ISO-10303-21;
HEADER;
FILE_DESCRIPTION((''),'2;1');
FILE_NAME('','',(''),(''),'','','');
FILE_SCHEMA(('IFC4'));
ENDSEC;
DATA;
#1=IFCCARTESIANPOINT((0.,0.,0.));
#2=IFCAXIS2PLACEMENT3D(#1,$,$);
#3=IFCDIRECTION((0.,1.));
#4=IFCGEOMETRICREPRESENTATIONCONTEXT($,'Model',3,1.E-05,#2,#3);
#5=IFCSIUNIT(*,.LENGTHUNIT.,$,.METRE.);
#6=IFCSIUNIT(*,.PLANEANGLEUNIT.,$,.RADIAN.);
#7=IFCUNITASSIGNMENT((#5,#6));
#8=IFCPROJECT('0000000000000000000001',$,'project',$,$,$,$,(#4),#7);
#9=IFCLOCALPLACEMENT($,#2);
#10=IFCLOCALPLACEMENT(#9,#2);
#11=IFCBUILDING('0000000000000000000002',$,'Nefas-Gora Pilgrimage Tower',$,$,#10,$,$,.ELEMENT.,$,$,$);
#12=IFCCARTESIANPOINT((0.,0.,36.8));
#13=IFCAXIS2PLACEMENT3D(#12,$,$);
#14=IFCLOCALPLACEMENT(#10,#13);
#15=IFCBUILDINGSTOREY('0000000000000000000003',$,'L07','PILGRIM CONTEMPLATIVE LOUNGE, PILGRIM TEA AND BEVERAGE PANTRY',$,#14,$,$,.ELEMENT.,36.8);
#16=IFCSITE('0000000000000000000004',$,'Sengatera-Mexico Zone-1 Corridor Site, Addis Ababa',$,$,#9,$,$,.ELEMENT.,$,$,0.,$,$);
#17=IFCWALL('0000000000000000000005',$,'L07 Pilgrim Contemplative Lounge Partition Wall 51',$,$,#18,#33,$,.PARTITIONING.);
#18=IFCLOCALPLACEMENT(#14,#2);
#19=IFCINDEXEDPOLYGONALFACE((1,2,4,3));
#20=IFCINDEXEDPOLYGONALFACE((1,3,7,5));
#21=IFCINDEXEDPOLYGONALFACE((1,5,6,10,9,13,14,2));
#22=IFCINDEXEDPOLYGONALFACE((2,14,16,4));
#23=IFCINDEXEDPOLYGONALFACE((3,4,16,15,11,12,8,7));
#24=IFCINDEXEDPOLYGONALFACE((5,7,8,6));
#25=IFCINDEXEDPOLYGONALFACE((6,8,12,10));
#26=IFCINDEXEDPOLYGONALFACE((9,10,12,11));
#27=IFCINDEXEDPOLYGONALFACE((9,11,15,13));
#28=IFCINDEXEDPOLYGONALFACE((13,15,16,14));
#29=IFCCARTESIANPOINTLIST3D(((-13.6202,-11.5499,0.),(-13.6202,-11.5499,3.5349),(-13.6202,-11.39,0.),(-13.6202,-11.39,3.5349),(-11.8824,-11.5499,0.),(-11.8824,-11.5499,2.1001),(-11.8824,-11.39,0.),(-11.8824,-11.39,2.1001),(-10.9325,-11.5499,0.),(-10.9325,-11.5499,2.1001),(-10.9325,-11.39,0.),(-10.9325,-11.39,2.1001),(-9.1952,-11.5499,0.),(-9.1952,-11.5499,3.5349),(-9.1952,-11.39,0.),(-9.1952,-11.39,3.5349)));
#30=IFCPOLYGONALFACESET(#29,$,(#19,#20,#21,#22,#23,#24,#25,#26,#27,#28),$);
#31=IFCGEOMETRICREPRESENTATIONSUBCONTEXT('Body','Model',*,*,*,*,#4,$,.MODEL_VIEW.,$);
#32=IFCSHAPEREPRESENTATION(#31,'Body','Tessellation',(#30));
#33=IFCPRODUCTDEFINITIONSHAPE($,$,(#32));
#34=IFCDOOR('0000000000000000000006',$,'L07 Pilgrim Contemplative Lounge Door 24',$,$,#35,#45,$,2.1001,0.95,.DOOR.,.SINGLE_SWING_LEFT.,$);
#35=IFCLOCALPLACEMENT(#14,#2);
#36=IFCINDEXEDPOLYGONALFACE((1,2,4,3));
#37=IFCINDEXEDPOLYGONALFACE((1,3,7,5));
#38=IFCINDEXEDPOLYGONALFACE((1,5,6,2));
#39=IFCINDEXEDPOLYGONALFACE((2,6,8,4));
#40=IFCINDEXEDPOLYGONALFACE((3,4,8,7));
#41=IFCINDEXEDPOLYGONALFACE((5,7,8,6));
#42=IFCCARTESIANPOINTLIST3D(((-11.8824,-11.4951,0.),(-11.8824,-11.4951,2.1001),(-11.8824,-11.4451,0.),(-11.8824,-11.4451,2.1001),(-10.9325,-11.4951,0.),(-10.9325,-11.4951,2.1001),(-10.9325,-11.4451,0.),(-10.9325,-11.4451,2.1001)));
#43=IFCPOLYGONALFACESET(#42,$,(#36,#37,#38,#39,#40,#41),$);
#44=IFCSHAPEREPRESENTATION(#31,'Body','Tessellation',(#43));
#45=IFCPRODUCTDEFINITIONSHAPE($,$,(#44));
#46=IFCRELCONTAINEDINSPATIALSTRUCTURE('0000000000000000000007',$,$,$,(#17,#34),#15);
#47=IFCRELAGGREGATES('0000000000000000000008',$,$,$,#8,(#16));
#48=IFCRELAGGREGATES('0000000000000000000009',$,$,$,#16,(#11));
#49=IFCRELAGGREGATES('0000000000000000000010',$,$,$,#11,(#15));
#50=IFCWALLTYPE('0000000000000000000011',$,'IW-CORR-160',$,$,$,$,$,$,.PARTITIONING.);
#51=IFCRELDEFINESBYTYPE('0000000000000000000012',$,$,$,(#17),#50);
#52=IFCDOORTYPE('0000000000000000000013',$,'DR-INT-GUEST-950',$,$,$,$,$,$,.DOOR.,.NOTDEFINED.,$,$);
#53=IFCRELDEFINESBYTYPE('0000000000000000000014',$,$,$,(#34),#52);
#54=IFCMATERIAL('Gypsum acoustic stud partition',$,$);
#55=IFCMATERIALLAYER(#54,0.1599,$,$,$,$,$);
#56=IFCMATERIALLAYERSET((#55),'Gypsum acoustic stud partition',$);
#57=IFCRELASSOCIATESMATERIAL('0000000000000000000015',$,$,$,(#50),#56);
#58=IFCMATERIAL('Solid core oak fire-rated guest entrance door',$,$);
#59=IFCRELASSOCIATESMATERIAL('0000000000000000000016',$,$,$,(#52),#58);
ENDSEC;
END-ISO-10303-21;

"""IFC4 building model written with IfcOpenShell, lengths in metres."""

from ifc_helpers import new_model, si_unit, direction, frame, frame_2d, origin, place, context, subcontext, project, spatial, rectangle, extrude, source, transform, mapped, material, layer, layer_set, type_object, element, fill, save


model = new_model("IFC4")

# Units and contexts
model_context = context("Model", 3, precision=1e-05, world=origin(), true_north=direction((0.0, 1.0)))
body_context = subcontext(model_context, "Body", "Model", "MODEL_VIEW")
ifc_project = project(units=[si_unit("LENGTHUNIT", "METRE"), si_unit("PLANEANGLEUNIT", "RADIAN")], contexts=[model_context])

# Site, building, storey
site_placement = place(None, origin())
site = spatial("IfcSite", under=ifc_project, at=site_placement, Name="Sengatera-Mexico Zone-1 Corridor Site, Addis Ababa", CompositionType="ELEMENT", RefElevation=0.0)
building_placement = place(site_placement, origin())
building = spatial("IfcBuilding", under=site, at=building_placement, Name="Nefas-Gora Pilgrimage Tower", CompositionType="ELEMENT")
storey_placement = place(building_placement, frame((0.0, 0.0, 36.8)))
storey = spatial("IfcBuildingStorey", under=building, at=storey_placement, Name="L07", Description="PILGRIM CONTEMPLATIVE LOUNGE, PILGRIM TEA AND BEVERAGE PANTRY", CompositionType="ELEMENT", Elevation=36.8)

# Shared definitions
ifc_material_1 = material(Name="Gypsum acoustic stud partition")
ifc_layer_1 = layer(ifc_material_1, 0.1599)
ifc_layer_set_1 = layer_set([ifc_layer_1], Name="Gypsum acoustic stud partition")
wall_type_1 = type_object("IfcWallType", Name="IW-CORR-160", PredefinedType="PARTITIONING", material=ifc_layer_set_1)
ifc_material_2 = material(Name="Solid core oak fire-rated guest entrance door")
door_type_1 = type_object("IfcDoorType", Name="DR-INT-GUEST-950", OperationType="NOTDEFINED", PredefinedType="DOOR", material=ifc_material_2)
shared_shape_1 = source(origin(), body_context, "Body", "SweptSolid", [
    extrude(rectangle(XDim=0.95, YDim=2.1001, at=frame_2d((0.4751, 1.05))), frame((0.0, 0.0249, 0.0), z_axis=(0.0, -1.0, 0.0), x_axis=(1.0, 0.0, 0.0)), (0.0, 0.0, 1.0), 0.05),
])

# Wall, opening, door
shared_shape_2 = source(origin(), body_context, "Body", "SweptSolid", [
    extrude(rectangle(XDim=4.425, YDim=0.1599, at=frame_2d((2.2124, 0.0))), origin(), (0.0, 0.0, 1.0), 3.5349),
])
wall_1_placement = place(storey_placement, frame((-13.6201, -11.47, 0.0), z_axis=(0.0, 0.0, 1.0), x_axis=(1.0, 0.0, 0.0)))
wall_1 = element("IfcWall", 1, at=wall_1_placement, inside=storey, type_object=wall_type_1, Name="L07 Pilgrim Contemplative Lounge Partition Wall 51", PredefinedType="PARTITIONING", context=body_context, shape_type="MappedRepresentation", body=[
    mapped(shared_shape_2, transform((0.0, 0.0, 0.0), x_axis=(1.0, 0.0, 0.0), y_axis=(0.0, 1.0, 0.0), z_axis=(0.0, 0.0, 1.0), scale=1.0)),
])
opening_1_placement = place(wall_1_placement, frame((1.7375, 0.0, 0.0)))
opening_1 = element("IfcOpeningElement", 2, at=opening_1_placement, cuts=wall_1, PredefinedType="OPENING", context=body_context, shape_type="SweptSolid", body=[
    extrude(rectangle(XDim=0.95, YDim=2.1001, at=frame_2d((0.4751, 1.05))), frame((0.0, 0.0898, 0.0), z_axis=(0.0, -1.0, 0.0), x_axis=(1.0, 0.0, 0.0)), (0.0, 0.0, 1.0), 0.1799),
])
door_1_placement = place(opening_1_placement, origin())
door_1 = element("IfcDoor", 3, at=door_1_placement, inside=storey, type_object=door_type_1, Name="L07 Pilgrim Contemplative Lounge Door 24", OperationType="SINGLE_SWING_LEFT", OverallHeight=2.1001, OverallWidth=0.95, PredefinedType="DOOR", context=body_context, shape_type="MappedRepresentation", body=[
    mapped(shared_shape_1, transform((0.0, 0.0, 0.0), x_axis=(1.0, 0.0, 0.0), y_axis=(0.0, 1.0, 0.0), z_axis=(0.0, 0.0, 1.0), scale=1.0)),
])
fill(opening_1, door_1)

save(model, "model.ifc")
